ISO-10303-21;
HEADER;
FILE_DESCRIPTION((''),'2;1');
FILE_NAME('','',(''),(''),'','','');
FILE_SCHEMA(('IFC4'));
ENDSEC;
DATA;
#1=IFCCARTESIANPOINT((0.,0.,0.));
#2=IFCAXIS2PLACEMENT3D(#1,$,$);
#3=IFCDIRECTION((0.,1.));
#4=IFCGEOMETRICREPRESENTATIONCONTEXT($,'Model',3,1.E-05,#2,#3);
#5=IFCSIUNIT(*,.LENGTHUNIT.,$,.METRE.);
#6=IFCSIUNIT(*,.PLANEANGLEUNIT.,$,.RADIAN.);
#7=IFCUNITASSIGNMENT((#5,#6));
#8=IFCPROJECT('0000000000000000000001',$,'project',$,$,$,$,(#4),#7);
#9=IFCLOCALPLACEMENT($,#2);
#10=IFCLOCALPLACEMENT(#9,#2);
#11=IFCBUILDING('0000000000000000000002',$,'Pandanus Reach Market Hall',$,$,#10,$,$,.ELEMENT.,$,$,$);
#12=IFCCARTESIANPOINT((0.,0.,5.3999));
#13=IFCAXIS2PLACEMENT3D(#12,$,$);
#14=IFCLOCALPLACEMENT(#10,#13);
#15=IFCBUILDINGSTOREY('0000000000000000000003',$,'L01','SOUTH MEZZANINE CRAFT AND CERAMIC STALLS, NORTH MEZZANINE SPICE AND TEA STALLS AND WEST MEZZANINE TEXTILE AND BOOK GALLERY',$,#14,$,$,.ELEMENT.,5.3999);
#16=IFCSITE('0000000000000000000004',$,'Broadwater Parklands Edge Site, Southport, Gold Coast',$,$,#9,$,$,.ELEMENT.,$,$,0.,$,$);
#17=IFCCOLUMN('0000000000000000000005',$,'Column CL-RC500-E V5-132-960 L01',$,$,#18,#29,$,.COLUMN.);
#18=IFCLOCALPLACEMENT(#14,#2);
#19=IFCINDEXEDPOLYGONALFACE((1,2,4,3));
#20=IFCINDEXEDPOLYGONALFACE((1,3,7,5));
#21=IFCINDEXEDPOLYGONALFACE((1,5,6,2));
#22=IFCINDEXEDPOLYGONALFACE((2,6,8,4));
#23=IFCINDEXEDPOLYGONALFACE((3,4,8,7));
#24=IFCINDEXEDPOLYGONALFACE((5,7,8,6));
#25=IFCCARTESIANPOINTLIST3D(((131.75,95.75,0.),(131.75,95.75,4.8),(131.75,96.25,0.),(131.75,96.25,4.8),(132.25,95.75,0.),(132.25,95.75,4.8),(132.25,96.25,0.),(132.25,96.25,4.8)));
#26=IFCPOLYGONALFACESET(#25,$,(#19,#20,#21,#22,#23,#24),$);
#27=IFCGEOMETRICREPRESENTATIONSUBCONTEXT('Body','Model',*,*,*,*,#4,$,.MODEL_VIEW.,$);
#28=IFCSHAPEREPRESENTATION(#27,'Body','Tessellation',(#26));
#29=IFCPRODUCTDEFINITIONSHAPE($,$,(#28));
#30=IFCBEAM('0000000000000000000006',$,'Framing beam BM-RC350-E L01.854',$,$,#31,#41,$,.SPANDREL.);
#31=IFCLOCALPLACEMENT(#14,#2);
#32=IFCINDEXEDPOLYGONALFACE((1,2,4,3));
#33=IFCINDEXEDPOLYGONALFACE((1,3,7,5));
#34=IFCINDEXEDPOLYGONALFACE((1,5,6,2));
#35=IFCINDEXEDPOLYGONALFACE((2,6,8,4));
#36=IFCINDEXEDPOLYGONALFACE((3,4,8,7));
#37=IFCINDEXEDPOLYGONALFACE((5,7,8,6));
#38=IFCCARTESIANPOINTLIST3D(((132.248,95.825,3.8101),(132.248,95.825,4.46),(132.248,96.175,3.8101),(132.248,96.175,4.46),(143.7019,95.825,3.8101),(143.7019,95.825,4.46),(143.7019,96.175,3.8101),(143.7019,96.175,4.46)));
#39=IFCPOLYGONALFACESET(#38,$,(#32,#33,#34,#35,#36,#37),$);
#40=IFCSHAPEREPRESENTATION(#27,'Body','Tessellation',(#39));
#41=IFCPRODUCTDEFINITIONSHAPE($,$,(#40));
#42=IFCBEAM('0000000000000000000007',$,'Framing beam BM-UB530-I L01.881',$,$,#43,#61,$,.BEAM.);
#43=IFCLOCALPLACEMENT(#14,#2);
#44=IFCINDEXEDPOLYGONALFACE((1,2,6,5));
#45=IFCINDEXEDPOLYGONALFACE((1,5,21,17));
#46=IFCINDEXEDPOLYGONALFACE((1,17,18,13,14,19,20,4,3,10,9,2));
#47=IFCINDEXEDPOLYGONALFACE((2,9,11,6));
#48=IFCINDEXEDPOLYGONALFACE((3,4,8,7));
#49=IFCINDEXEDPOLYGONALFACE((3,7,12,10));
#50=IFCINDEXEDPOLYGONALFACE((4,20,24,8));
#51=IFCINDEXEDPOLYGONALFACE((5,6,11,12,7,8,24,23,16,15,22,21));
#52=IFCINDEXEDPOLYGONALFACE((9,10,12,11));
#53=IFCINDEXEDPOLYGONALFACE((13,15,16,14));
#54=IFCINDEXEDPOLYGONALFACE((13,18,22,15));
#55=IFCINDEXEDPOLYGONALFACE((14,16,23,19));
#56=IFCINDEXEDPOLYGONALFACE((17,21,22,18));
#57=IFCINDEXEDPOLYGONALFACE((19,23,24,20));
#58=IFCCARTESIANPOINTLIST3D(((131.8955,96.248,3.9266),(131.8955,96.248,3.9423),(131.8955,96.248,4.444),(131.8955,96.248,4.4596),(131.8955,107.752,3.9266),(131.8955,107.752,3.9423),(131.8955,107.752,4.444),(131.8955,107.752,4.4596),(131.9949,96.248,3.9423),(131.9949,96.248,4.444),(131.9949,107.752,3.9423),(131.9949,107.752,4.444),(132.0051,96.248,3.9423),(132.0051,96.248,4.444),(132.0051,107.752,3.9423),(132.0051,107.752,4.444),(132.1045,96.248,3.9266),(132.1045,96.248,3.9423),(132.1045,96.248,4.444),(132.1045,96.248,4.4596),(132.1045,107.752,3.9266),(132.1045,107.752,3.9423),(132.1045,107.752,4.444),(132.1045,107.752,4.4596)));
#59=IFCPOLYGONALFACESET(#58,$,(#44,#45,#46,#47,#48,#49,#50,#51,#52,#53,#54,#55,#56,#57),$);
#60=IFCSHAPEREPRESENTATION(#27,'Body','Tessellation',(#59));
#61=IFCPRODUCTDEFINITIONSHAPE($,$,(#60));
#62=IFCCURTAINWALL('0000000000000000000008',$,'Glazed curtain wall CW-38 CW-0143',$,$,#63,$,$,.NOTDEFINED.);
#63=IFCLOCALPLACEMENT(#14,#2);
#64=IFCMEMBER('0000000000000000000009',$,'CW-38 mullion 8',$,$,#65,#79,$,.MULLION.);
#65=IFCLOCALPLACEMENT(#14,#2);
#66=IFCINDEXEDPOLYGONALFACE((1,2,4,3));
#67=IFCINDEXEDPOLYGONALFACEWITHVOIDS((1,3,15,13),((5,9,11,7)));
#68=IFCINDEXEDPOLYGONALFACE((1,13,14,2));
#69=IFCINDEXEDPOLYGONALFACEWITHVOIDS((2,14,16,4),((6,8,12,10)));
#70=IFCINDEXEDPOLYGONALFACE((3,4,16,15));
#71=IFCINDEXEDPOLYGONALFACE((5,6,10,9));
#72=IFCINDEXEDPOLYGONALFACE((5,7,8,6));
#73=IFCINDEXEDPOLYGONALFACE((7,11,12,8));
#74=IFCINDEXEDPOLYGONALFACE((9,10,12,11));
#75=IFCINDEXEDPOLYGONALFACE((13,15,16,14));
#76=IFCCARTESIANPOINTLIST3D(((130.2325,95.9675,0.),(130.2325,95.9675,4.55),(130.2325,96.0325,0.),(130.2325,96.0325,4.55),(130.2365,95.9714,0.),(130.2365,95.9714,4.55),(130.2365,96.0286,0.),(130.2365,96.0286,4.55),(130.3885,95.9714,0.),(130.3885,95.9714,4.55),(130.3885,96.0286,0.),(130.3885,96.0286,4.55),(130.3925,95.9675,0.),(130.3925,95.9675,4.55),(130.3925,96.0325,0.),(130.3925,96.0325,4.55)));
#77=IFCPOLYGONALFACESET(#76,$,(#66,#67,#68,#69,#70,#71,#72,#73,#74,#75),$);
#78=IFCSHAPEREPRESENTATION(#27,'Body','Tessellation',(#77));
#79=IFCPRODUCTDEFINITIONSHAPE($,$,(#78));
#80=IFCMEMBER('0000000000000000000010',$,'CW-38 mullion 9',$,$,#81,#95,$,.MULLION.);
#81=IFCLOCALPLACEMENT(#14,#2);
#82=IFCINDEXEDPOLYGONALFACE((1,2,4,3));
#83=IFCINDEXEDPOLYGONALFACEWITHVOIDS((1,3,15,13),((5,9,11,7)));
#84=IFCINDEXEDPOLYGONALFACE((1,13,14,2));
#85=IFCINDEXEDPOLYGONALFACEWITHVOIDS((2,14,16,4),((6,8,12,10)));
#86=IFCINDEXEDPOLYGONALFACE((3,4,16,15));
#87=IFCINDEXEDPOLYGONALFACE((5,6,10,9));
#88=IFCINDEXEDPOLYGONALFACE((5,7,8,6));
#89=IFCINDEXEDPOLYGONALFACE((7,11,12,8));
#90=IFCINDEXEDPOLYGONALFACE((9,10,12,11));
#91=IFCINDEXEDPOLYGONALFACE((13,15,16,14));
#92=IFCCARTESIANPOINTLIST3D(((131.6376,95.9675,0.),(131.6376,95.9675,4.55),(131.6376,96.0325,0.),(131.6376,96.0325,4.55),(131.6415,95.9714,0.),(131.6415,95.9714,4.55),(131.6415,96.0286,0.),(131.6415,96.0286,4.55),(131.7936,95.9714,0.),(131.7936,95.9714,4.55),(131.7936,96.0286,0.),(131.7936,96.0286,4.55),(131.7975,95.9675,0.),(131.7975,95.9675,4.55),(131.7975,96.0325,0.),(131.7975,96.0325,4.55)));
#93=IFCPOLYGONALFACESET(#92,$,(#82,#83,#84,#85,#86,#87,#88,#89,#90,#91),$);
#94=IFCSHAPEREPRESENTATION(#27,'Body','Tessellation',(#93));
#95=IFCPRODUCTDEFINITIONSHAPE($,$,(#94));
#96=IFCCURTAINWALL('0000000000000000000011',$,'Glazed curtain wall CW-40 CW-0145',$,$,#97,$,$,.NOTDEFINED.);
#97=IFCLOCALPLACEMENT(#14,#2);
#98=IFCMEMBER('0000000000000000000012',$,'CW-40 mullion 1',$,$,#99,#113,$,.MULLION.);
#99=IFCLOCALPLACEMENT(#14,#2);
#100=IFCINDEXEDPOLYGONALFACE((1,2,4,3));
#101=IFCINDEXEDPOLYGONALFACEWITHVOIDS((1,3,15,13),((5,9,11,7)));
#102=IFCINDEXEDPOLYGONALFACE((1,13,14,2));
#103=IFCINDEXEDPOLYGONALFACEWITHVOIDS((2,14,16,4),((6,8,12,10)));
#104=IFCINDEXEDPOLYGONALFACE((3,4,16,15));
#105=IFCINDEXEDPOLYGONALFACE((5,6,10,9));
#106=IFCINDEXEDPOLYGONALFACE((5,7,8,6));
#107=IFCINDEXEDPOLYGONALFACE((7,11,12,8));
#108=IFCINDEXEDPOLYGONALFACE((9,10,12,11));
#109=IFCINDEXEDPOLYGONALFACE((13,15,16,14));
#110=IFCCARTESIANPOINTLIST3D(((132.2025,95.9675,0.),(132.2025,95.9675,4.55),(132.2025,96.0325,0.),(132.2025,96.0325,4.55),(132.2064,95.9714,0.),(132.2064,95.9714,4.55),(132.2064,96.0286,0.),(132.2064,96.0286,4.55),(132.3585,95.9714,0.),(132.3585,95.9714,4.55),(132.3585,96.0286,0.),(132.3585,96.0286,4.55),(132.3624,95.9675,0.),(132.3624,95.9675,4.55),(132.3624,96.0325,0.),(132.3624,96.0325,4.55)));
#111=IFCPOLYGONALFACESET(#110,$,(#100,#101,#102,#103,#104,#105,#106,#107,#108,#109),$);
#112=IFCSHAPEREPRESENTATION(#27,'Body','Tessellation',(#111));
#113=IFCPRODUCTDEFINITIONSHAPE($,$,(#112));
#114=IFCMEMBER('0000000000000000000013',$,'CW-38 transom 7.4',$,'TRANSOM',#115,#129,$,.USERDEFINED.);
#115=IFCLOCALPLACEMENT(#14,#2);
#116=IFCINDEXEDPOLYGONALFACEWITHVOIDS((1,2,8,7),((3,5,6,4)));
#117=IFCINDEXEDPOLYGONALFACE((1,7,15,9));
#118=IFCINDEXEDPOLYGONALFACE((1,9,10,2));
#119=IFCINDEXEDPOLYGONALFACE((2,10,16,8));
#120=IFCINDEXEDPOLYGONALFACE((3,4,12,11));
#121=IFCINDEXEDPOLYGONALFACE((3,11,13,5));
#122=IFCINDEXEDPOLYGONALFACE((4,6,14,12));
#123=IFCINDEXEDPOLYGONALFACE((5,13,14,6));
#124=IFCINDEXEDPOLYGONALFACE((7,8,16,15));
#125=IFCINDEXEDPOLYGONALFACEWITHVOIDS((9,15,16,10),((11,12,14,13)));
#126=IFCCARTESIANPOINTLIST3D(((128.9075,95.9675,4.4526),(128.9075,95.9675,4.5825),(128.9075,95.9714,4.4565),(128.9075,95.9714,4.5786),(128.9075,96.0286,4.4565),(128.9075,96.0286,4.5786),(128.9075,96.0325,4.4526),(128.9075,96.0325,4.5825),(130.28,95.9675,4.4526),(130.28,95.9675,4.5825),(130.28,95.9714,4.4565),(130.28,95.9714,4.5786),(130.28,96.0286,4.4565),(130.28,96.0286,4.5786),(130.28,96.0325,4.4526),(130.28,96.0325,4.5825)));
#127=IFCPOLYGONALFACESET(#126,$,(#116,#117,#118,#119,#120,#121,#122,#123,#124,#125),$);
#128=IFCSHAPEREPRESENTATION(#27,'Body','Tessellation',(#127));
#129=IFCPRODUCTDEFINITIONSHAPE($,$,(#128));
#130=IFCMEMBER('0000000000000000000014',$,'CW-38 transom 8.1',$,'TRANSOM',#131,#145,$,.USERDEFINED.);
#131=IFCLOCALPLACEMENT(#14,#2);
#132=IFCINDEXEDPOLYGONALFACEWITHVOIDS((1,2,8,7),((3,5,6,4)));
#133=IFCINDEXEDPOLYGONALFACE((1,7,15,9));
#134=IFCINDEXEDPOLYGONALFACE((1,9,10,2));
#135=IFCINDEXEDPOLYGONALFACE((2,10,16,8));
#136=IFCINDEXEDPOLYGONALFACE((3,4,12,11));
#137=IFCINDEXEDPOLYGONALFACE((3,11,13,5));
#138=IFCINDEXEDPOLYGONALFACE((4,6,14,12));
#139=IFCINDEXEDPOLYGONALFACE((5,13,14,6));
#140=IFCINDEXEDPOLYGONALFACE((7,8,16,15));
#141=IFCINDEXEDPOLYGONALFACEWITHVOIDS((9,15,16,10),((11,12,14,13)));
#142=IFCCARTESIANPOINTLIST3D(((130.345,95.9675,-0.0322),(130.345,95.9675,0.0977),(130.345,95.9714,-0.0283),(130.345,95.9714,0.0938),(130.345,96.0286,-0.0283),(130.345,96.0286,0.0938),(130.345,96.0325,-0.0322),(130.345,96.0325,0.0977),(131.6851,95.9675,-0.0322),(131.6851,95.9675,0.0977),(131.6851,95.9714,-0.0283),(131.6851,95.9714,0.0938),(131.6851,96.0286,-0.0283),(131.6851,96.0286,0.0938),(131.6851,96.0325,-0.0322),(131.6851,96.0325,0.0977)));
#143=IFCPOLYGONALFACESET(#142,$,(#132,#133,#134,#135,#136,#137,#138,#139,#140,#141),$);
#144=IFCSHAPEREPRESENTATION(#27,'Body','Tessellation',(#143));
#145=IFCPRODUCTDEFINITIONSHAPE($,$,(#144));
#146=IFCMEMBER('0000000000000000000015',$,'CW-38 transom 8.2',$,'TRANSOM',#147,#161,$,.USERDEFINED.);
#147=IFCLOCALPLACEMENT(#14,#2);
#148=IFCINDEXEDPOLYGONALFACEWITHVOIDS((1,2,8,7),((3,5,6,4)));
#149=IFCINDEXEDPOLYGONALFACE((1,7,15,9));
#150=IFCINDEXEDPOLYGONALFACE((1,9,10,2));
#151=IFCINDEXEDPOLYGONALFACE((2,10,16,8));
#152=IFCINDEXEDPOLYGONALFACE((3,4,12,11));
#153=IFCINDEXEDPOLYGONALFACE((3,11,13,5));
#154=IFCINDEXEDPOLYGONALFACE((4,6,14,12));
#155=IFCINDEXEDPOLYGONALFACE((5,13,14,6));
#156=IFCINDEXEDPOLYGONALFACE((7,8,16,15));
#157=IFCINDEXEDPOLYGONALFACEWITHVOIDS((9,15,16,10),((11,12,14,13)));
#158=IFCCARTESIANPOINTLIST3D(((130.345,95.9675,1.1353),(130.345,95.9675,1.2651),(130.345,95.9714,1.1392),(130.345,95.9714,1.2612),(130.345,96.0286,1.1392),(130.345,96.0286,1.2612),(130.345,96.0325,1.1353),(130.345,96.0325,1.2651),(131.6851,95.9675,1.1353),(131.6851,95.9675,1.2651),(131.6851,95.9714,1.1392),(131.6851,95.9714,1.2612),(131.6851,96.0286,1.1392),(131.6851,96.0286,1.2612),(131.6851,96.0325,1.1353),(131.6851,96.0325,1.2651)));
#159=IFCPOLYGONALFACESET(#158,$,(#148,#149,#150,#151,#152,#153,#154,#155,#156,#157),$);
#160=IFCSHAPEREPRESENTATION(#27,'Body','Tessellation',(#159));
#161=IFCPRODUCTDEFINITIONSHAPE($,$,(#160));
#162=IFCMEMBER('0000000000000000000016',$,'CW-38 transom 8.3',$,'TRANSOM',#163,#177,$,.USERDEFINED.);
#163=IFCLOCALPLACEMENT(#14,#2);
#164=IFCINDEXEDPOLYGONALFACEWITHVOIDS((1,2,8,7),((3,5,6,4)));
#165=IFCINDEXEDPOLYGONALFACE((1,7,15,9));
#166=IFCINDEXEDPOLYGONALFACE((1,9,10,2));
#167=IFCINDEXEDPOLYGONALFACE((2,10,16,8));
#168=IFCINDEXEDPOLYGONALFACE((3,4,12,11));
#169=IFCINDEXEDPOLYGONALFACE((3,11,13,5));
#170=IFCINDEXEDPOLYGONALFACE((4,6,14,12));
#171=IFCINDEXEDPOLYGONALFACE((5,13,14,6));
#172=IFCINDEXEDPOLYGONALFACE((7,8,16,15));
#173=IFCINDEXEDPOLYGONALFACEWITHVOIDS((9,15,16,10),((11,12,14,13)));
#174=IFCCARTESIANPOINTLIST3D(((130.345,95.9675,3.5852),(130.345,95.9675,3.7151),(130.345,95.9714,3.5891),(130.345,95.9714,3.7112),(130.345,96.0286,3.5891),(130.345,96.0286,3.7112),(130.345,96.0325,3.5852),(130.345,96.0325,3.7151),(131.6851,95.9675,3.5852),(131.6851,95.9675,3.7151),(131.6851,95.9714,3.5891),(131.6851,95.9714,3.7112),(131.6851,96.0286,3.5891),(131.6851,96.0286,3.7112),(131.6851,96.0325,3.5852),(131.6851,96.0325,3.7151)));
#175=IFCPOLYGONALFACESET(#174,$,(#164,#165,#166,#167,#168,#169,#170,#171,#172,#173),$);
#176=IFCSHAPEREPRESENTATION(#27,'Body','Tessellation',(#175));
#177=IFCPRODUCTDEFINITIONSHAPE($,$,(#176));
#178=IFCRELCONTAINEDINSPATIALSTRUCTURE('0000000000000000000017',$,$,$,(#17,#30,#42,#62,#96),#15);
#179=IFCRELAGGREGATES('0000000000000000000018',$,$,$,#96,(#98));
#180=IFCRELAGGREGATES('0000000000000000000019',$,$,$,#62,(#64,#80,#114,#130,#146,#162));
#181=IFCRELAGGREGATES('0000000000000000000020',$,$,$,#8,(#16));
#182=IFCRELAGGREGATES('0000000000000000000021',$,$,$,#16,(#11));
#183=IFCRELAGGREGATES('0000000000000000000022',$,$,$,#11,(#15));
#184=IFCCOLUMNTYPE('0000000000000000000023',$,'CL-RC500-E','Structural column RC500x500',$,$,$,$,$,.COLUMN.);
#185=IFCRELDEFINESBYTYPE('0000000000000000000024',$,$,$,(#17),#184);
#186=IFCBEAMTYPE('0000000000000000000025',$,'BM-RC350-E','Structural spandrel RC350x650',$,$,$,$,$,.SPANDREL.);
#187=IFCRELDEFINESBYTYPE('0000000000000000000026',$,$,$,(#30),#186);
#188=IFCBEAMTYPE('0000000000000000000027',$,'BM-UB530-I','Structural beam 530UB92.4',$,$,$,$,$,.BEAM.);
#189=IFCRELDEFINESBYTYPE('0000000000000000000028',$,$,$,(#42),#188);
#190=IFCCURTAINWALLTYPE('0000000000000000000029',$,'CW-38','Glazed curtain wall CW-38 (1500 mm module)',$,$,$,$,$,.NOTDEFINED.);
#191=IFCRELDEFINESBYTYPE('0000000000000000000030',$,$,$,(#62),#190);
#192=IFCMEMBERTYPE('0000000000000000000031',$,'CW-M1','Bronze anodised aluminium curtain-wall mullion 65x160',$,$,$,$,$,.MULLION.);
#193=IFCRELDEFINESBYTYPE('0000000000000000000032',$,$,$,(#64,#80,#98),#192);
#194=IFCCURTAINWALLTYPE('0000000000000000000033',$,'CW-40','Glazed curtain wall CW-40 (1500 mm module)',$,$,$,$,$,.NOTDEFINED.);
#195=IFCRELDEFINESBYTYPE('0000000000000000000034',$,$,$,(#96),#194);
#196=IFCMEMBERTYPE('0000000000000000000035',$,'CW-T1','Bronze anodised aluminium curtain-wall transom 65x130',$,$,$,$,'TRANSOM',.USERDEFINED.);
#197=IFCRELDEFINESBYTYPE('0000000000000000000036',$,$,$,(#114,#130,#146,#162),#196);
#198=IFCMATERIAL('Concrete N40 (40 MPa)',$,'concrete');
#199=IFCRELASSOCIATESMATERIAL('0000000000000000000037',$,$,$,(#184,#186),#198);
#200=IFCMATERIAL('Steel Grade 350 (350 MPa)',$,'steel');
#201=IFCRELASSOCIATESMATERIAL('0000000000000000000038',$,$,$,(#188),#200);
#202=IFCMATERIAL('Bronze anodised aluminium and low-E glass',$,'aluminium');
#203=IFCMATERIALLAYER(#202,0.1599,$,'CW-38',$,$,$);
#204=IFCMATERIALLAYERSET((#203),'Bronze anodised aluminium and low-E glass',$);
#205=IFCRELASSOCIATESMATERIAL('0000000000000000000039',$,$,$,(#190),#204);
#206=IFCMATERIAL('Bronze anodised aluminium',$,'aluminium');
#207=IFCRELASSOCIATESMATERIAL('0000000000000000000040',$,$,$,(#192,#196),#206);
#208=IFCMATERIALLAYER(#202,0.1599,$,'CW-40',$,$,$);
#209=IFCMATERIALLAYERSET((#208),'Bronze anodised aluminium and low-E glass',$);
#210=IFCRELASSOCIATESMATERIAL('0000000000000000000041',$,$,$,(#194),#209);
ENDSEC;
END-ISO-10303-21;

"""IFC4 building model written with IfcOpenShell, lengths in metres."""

from ifc_helpers import new_model, si_unit, direction, frame, origin, origin_2d, place, context, subcontext, project, spatial, rectangle, hollow_rectangle, i_section, extrude, material, layer, layer_set, material_profile, profile_set, type_object, element, aggregate, save


model = new_model("IFC4")

# Units and contexts
model_context = context("Model", 3, precision=1e-05, world=origin(), true_north=direction((0.0, 1.0)))
body_context = subcontext(model_context, "Body", "Model", "MODEL_VIEW")
ifc_project = project(units=[si_unit("LENGTHUNIT", "METRE"), si_unit("PLANEANGLEUNIT", "RADIAN")], contexts=[model_context])

# Site, building, storey
site_placement = place(None, origin())
site = spatial("IfcSite", under=ifc_project, at=site_placement, Name="Broadwater Parklands Edge Site, Southport, Gold Coast", CompositionType="ELEMENT", RefElevation=0.0)
building_placement = place(site_placement, origin())
building = spatial("IfcBuilding", under=site, at=building_placement, Name="Pandanus Reach Market Hall", CompositionType="ELEMENT")
storey_placement = place(building_placement, frame((0.0, 0.0, 5.3999)))
storey = spatial("IfcBuildingStorey", under=building, at=storey_placement, Name="L01", Description="SOUTH MEZZANINE CRAFT AND CERAMIC STALLS, NORTH MEZZANINE SPICE AND TEA STALLS AND WEST MEZZANINE TEXTILE AND BOOK GALLERY", CompositionType="ELEMENT", Elevation=5.3999)

# Column
ifc_material_1 = material(Name="Concrete N40 (40 MPa)", Category="concrete")
ifc_material_profile_1 = material_profile(ifc_material_1, rectangle(XDim=0.5, YDim=0.5, at=origin_2d()), Name="RC500x500", Category="LoadBearing")
ifc_profile_set_1 = profile_set([ifc_material_profile_1], Name="Concrete N40 (40 MPa)")
column_type = type_object("IfcColumnType", Name="CL-RC500-E", Description="Structural column RC500x500", PredefinedType="COLUMN", material=ifc_profile_set_1)
column_placement = place(storey_placement, frame((132.0, 96.0, 0.0), z_axis=(0.0, 0.0, 1.0), x_axis=(1.0, 0.0, 0.0)))
element("IfcColumn", 1, at=column_placement, inside=storey, type_object=column_type, Name="Column CL-RC500-E V5-132-960 L01", PredefinedType="COLUMN", context=body_context, shape_type="SweptSolid", body=[
    extrude(rectangle(XDim=0.5, YDim=0.5, at=origin_2d()), origin(), (0.0, 0.0, 1.0), 4.8),
])

# Beams
ifc_material_profile_2 = material_profile(ifc_material_1, rectangle(XDim=0.3501, YDim=0.6499, at=origin_2d()), Name="RC350x650", Category="LoadBearing")
ifc_profile_set_2 = profile_set([ifc_material_profile_2], Name="Concrete N40 (40 MPa)")
beam_type_1 = type_object("IfcBeamType", Name="BM-RC350-E", Description="Structural spandrel RC350x650", PredefinedType="SPANDREL", material=ifc_profile_set_2)
beam_1_placement = place(storey_placement, frame((132.248, 96.0, 4.135), z_axis=(1.0, 0.0, 0.0), x_axis=(0.0, 1.0, 0.0)))
element("IfcBeam", 2, at=beam_1_placement, inside=storey, type_object=beam_type_1, Name="Framing beam BM-RC350-E L01.854", PredefinedType="SPANDREL", context=body_context, shape_type="SweptSolid", body=[
    extrude(rectangle(XDim=0.3501, YDim=0.6499, at=origin_2d()), origin(), (0.0, 0.0, 1.0), 11.4539),
])
ifc_material_2 = material(Name="Steel Grade 350 (350 MPa)", Category="steel")
ifc_material_profile_3 = material_profile(ifc_material_2, i_section(OverallWidth=0.209, OverallDepth=0.533, WebThickness=0.0103, FlangeThickness=0.0156, at=origin_2d()), Name="530UB92.4", Category="LoadBearing")
ifc_profile_set_3 = profile_set([ifc_material_profile_3], Name="Steel Grade 350 (350 MPa)")
beam_type_2 = type_object("IfcBeamType", Name="BM-UB530-I", Description="Structural beam 530UB92.4", PredefinedType="BEAM", material=ifc_profile_set_3)
beam_2_placement = place(storey_placement, frame((132.0, 96.248, 4.1931), z_axis=(0.0, 1.0, 0.0), x_axis=(-1.0, 0.0, 0.0)))
element("IfcBeam", 3, at=beam_2_placement, inside=storey, type_object=beam_type_2, Name="Framing beam BM-UB530-I L01.881", PredefinedType="BEAM", context=body_context, shape_type="SweptSolid", body=[
    extrude(i_section(OverallWidth=0.209, OverallDepth=0.533, WebThickness=0.0103, FlangeThickness=0.0156, at=origin_2d()), origin(), (0.0, 0.0, 1.0), 11.5039),
])

# Curtain wall, members
ifc_material_3 = material(Name="Bronze anodised aluminium and low-E glass", Category="aluminium")
ifc_layer_1 = layer(ifc_material_3, 0.1599, Name="CW-38")
ifc_layer_set_1 = layer_set([ifc_layer_1], Name="Bronze anodised aluminium and low-E glass")
curtain_wall_type_1 = type_object("IfcCurtainWallType", Name="CW-38", Description="Glazed curtain wall CW-38 (1500 mm module)", PredefinedType="NOTDEFINED", material=ifc_layer_set_1)
curtain_wall_1_placement = place(storey_placement, origin())
curtain_wall_1 = element("IfcCurtainWall", 4, at=curtain_wall_1_placement, inside=storey, type_object=curtain_wall_type_1, Name="Glazed curtain wall CW-38 CW-0143", PredefinedType="NOTDEFINED")
ifc_material_4 = material(Name="Bronze anodised aluminium", Category="aluminium")
ifc_material_profile_4 = material_profile(ifc_material_4, hollow_rectangle(XDim=0.0649, YDim=0.1599, WallThickness=0.0039, at=origin_2d()), Name="ALU65x160", Category="LoadBearing")
ifc_profile_set_4 = profile_set([ifc_material_profile_4], Name="Bronze anodised aluminium")
member_type_1 = type_object("IfcMemberType", Name="CW-M1", Description="Bronze anodised aluminium curtain-wall mullion 65x160", PredefinedType="MULLION", material=ifc_profile_set_4)
member_1_placement = place(storey_placement, frame((130.3125, 96.0, 0.0), z_axis=(0.0, 0.0, 1.0), x_axis=(0.0, 1.0, 0.0)))
member_1 = element("IfcMember", 5, at=member_1_placement, type_object=member_type_1, Name="CW-38 mullion 8", PredefinedType="MULLION", context=body_context, shape_type="SweptSolid", body=[
    extrude(hollow_rectangle(XDim=0.0649, YDim=0.1599, WallThickness=0.0039, at=origin_2d()), origin(), (0.0, 0.0, 1.0), 4.55),
])
member_2_placement = place(storey_placement, frame((131.7175, 96.0, 0.0), z_axis=(0.0, 0.0, 1.0), x_axis=(0.0, 1.0, 0.0)))
member_2 = element("IfcMember", 6, at=member_2_placement, type_object=member_type_1, Name="CW-38 mullion 9", PredefinedType="MULLION", context=body_context, shape_type="SweptSolid", body=[
    extrude(hollow_rectangle(XDim=0.0649, YDim=0.1599, WallThickness=0.0039, at=origin_2d()), origin(), (0.0, 0.0, 1.0), 4.55),
])

# Curtain wall, member
ifc_layer_2 = layer(ifc_material_3, 0.1599, Name="CW-40")
ifc_layer_set_2 = layer_set([ifc_layer_2], Name="Bronze anodised aluminium and low-E glass")
curtain_wall_type_2 = type_object("IfcCurtainWallType", Name="CW-40", Description="Glazed curtain wall CW-40 (1500 mm module)", PredefinedType="NOTDEFINED", material=ifc_layer_set_2)
curtain_wall_2_placement = place(storey_placement, origin())
curtain_wall_2 = element("IfcCurtainWall", 7, at=curtain_wall_2_placement, inside=storey, type_object=curtain_wall_type_2, Name="Glazed curtain wall CW-40 CW-0145", PredefinedType="NOTDEFINED")
member_3_placement = place(storey_placement, frame((132.2825, 96.0, 0.0), z_axis=(0.0, 0.0, 1.0), x_axis=(0.0, 1.0, 0.0)))
member_3 = element("IfcMember", 8, at=member_3_placement, type_object=member_type_1, Name="CW-40 mullion 1", PredefinedType="MULLION", context=body_context, shape_type="SweptSolid", body=[
    extrude(hollow_rectangle(XDim=0.0649, YDim=0.1599, WallThickness=0.0039, at=origin_2d()), origin(), (0.0, 0.0, 1.0), 4.55),
])

# Members
ifc_material_profile_5 = material_profile(ifc_material_4, hollow_rectangle(XDim=0.0649, YDim=0.1299, WallThickness=0.0039, at=origin_2d()), Name="ALU65x130", Category="LoadBearing")
ifc_profile_set_5 = profile_set([ifc_material_profile_5], Name="Bronze anodised aluminium")
member_type_2 = type_object("IfcMemberType", Name="CW-T1", Description="Bronze anodised aluminium curtain-wall transom 65x130", ElementType="TRANSOM", PredefinedType="USERDEFINED", material=ifc_profile_set_5)
member_4_placement = place(storey_placement, frame((128.9075, 96.0, 4.5176), z_axis=(1.0, 0.0, 0.0), x_axis=(0.0, 1.0, 0.0)))
member_4 = element("IfcMember", 9, at=member_4_placement, type_object=member_type_2, Name="CW-38 transom 7.4", ObjectType="TRANSOM", PredefinedType="USERDEFINED", context=body_context, shape_type="SweptSolid", body=[
    extrude(hollow_rectangle(XDim=0.0649, YDim=0.1299, WallThickness=0.0039, at=origin_2d()), origin(), (0.0, 0.0, 1.0), 1.3726),
])
member_5_placement = place(storey_placement, frame((130.345, 96.0, 0.0327), z_axis=(1.0, 0.0, 0.0), x_axis=(0.0, 1.0, 0.0)))
member_5 = element("IfcMember", 10, at=member_5_placement, type_object=member_type_2, Name="CW-38 transom 8.1", ObjectType="TRANSOM", PredefinedType="USERDEFINED", context=body_context, shape_type="SweptSolid", body=[
    extrude(hollow_rectangle(XDim=0.0649, YDim=0.1299, WallThickness=0.0039, at=origin_2d()), origin(), (0.0, 0.0, 1.0), 1.3401),
])
member_6_placement = place(storey_placement, frame((130.345, 96.0, 1.2002), z_axis=(1.0, 0.0, 0.0), x_axis=(0.0, 1.0, 0.0)))
member_6 = element("IfcMember", 11, at=member_6_placement, type_object=member_type_2, Name="CW-38 transom 8.2", ObjectType="TRANSOM", PredefinedType="USERDEFINED", context=body_context, shape_type="SweptSolid", body=[
    extrude(hollow_rectangle(XDim=0.0649, YDim=0.1299, WallThickness=0.0039, at=origin_2d()), origin(), (0.0, 0.0, 1.0), 1.3401),
])
member_7_placement = place(storey_placement, frame((130.345, 96.0, 3.6501), z_axis=(1.0, 0.0, 0.0), x_axis=(0.0, 1.0, 0.0)))
member_7 = element("IfcMember", 12, at=member_7_placement, type_object=member_type_2, Name="CW-38 transom 8.3", ObjectType="TRANSOM", PredefinedType="USERDEFINED", context=body_context, shape_type="SweptSolid", body=[
    extrude(hollow_rectangle(XDim=0.0649, YDim=0.1299, WallThickness=0.0039, at=origin_2d()), origin(), (0.0, 0.0, 1.0), 1.3401),
])
aggregate(curtain_wall_2, [member_3])

aggregate(curtain_wall_1, [member_1, member_2, member_4, member_5, member_6, member_7])

save(model, "model.ifc")
